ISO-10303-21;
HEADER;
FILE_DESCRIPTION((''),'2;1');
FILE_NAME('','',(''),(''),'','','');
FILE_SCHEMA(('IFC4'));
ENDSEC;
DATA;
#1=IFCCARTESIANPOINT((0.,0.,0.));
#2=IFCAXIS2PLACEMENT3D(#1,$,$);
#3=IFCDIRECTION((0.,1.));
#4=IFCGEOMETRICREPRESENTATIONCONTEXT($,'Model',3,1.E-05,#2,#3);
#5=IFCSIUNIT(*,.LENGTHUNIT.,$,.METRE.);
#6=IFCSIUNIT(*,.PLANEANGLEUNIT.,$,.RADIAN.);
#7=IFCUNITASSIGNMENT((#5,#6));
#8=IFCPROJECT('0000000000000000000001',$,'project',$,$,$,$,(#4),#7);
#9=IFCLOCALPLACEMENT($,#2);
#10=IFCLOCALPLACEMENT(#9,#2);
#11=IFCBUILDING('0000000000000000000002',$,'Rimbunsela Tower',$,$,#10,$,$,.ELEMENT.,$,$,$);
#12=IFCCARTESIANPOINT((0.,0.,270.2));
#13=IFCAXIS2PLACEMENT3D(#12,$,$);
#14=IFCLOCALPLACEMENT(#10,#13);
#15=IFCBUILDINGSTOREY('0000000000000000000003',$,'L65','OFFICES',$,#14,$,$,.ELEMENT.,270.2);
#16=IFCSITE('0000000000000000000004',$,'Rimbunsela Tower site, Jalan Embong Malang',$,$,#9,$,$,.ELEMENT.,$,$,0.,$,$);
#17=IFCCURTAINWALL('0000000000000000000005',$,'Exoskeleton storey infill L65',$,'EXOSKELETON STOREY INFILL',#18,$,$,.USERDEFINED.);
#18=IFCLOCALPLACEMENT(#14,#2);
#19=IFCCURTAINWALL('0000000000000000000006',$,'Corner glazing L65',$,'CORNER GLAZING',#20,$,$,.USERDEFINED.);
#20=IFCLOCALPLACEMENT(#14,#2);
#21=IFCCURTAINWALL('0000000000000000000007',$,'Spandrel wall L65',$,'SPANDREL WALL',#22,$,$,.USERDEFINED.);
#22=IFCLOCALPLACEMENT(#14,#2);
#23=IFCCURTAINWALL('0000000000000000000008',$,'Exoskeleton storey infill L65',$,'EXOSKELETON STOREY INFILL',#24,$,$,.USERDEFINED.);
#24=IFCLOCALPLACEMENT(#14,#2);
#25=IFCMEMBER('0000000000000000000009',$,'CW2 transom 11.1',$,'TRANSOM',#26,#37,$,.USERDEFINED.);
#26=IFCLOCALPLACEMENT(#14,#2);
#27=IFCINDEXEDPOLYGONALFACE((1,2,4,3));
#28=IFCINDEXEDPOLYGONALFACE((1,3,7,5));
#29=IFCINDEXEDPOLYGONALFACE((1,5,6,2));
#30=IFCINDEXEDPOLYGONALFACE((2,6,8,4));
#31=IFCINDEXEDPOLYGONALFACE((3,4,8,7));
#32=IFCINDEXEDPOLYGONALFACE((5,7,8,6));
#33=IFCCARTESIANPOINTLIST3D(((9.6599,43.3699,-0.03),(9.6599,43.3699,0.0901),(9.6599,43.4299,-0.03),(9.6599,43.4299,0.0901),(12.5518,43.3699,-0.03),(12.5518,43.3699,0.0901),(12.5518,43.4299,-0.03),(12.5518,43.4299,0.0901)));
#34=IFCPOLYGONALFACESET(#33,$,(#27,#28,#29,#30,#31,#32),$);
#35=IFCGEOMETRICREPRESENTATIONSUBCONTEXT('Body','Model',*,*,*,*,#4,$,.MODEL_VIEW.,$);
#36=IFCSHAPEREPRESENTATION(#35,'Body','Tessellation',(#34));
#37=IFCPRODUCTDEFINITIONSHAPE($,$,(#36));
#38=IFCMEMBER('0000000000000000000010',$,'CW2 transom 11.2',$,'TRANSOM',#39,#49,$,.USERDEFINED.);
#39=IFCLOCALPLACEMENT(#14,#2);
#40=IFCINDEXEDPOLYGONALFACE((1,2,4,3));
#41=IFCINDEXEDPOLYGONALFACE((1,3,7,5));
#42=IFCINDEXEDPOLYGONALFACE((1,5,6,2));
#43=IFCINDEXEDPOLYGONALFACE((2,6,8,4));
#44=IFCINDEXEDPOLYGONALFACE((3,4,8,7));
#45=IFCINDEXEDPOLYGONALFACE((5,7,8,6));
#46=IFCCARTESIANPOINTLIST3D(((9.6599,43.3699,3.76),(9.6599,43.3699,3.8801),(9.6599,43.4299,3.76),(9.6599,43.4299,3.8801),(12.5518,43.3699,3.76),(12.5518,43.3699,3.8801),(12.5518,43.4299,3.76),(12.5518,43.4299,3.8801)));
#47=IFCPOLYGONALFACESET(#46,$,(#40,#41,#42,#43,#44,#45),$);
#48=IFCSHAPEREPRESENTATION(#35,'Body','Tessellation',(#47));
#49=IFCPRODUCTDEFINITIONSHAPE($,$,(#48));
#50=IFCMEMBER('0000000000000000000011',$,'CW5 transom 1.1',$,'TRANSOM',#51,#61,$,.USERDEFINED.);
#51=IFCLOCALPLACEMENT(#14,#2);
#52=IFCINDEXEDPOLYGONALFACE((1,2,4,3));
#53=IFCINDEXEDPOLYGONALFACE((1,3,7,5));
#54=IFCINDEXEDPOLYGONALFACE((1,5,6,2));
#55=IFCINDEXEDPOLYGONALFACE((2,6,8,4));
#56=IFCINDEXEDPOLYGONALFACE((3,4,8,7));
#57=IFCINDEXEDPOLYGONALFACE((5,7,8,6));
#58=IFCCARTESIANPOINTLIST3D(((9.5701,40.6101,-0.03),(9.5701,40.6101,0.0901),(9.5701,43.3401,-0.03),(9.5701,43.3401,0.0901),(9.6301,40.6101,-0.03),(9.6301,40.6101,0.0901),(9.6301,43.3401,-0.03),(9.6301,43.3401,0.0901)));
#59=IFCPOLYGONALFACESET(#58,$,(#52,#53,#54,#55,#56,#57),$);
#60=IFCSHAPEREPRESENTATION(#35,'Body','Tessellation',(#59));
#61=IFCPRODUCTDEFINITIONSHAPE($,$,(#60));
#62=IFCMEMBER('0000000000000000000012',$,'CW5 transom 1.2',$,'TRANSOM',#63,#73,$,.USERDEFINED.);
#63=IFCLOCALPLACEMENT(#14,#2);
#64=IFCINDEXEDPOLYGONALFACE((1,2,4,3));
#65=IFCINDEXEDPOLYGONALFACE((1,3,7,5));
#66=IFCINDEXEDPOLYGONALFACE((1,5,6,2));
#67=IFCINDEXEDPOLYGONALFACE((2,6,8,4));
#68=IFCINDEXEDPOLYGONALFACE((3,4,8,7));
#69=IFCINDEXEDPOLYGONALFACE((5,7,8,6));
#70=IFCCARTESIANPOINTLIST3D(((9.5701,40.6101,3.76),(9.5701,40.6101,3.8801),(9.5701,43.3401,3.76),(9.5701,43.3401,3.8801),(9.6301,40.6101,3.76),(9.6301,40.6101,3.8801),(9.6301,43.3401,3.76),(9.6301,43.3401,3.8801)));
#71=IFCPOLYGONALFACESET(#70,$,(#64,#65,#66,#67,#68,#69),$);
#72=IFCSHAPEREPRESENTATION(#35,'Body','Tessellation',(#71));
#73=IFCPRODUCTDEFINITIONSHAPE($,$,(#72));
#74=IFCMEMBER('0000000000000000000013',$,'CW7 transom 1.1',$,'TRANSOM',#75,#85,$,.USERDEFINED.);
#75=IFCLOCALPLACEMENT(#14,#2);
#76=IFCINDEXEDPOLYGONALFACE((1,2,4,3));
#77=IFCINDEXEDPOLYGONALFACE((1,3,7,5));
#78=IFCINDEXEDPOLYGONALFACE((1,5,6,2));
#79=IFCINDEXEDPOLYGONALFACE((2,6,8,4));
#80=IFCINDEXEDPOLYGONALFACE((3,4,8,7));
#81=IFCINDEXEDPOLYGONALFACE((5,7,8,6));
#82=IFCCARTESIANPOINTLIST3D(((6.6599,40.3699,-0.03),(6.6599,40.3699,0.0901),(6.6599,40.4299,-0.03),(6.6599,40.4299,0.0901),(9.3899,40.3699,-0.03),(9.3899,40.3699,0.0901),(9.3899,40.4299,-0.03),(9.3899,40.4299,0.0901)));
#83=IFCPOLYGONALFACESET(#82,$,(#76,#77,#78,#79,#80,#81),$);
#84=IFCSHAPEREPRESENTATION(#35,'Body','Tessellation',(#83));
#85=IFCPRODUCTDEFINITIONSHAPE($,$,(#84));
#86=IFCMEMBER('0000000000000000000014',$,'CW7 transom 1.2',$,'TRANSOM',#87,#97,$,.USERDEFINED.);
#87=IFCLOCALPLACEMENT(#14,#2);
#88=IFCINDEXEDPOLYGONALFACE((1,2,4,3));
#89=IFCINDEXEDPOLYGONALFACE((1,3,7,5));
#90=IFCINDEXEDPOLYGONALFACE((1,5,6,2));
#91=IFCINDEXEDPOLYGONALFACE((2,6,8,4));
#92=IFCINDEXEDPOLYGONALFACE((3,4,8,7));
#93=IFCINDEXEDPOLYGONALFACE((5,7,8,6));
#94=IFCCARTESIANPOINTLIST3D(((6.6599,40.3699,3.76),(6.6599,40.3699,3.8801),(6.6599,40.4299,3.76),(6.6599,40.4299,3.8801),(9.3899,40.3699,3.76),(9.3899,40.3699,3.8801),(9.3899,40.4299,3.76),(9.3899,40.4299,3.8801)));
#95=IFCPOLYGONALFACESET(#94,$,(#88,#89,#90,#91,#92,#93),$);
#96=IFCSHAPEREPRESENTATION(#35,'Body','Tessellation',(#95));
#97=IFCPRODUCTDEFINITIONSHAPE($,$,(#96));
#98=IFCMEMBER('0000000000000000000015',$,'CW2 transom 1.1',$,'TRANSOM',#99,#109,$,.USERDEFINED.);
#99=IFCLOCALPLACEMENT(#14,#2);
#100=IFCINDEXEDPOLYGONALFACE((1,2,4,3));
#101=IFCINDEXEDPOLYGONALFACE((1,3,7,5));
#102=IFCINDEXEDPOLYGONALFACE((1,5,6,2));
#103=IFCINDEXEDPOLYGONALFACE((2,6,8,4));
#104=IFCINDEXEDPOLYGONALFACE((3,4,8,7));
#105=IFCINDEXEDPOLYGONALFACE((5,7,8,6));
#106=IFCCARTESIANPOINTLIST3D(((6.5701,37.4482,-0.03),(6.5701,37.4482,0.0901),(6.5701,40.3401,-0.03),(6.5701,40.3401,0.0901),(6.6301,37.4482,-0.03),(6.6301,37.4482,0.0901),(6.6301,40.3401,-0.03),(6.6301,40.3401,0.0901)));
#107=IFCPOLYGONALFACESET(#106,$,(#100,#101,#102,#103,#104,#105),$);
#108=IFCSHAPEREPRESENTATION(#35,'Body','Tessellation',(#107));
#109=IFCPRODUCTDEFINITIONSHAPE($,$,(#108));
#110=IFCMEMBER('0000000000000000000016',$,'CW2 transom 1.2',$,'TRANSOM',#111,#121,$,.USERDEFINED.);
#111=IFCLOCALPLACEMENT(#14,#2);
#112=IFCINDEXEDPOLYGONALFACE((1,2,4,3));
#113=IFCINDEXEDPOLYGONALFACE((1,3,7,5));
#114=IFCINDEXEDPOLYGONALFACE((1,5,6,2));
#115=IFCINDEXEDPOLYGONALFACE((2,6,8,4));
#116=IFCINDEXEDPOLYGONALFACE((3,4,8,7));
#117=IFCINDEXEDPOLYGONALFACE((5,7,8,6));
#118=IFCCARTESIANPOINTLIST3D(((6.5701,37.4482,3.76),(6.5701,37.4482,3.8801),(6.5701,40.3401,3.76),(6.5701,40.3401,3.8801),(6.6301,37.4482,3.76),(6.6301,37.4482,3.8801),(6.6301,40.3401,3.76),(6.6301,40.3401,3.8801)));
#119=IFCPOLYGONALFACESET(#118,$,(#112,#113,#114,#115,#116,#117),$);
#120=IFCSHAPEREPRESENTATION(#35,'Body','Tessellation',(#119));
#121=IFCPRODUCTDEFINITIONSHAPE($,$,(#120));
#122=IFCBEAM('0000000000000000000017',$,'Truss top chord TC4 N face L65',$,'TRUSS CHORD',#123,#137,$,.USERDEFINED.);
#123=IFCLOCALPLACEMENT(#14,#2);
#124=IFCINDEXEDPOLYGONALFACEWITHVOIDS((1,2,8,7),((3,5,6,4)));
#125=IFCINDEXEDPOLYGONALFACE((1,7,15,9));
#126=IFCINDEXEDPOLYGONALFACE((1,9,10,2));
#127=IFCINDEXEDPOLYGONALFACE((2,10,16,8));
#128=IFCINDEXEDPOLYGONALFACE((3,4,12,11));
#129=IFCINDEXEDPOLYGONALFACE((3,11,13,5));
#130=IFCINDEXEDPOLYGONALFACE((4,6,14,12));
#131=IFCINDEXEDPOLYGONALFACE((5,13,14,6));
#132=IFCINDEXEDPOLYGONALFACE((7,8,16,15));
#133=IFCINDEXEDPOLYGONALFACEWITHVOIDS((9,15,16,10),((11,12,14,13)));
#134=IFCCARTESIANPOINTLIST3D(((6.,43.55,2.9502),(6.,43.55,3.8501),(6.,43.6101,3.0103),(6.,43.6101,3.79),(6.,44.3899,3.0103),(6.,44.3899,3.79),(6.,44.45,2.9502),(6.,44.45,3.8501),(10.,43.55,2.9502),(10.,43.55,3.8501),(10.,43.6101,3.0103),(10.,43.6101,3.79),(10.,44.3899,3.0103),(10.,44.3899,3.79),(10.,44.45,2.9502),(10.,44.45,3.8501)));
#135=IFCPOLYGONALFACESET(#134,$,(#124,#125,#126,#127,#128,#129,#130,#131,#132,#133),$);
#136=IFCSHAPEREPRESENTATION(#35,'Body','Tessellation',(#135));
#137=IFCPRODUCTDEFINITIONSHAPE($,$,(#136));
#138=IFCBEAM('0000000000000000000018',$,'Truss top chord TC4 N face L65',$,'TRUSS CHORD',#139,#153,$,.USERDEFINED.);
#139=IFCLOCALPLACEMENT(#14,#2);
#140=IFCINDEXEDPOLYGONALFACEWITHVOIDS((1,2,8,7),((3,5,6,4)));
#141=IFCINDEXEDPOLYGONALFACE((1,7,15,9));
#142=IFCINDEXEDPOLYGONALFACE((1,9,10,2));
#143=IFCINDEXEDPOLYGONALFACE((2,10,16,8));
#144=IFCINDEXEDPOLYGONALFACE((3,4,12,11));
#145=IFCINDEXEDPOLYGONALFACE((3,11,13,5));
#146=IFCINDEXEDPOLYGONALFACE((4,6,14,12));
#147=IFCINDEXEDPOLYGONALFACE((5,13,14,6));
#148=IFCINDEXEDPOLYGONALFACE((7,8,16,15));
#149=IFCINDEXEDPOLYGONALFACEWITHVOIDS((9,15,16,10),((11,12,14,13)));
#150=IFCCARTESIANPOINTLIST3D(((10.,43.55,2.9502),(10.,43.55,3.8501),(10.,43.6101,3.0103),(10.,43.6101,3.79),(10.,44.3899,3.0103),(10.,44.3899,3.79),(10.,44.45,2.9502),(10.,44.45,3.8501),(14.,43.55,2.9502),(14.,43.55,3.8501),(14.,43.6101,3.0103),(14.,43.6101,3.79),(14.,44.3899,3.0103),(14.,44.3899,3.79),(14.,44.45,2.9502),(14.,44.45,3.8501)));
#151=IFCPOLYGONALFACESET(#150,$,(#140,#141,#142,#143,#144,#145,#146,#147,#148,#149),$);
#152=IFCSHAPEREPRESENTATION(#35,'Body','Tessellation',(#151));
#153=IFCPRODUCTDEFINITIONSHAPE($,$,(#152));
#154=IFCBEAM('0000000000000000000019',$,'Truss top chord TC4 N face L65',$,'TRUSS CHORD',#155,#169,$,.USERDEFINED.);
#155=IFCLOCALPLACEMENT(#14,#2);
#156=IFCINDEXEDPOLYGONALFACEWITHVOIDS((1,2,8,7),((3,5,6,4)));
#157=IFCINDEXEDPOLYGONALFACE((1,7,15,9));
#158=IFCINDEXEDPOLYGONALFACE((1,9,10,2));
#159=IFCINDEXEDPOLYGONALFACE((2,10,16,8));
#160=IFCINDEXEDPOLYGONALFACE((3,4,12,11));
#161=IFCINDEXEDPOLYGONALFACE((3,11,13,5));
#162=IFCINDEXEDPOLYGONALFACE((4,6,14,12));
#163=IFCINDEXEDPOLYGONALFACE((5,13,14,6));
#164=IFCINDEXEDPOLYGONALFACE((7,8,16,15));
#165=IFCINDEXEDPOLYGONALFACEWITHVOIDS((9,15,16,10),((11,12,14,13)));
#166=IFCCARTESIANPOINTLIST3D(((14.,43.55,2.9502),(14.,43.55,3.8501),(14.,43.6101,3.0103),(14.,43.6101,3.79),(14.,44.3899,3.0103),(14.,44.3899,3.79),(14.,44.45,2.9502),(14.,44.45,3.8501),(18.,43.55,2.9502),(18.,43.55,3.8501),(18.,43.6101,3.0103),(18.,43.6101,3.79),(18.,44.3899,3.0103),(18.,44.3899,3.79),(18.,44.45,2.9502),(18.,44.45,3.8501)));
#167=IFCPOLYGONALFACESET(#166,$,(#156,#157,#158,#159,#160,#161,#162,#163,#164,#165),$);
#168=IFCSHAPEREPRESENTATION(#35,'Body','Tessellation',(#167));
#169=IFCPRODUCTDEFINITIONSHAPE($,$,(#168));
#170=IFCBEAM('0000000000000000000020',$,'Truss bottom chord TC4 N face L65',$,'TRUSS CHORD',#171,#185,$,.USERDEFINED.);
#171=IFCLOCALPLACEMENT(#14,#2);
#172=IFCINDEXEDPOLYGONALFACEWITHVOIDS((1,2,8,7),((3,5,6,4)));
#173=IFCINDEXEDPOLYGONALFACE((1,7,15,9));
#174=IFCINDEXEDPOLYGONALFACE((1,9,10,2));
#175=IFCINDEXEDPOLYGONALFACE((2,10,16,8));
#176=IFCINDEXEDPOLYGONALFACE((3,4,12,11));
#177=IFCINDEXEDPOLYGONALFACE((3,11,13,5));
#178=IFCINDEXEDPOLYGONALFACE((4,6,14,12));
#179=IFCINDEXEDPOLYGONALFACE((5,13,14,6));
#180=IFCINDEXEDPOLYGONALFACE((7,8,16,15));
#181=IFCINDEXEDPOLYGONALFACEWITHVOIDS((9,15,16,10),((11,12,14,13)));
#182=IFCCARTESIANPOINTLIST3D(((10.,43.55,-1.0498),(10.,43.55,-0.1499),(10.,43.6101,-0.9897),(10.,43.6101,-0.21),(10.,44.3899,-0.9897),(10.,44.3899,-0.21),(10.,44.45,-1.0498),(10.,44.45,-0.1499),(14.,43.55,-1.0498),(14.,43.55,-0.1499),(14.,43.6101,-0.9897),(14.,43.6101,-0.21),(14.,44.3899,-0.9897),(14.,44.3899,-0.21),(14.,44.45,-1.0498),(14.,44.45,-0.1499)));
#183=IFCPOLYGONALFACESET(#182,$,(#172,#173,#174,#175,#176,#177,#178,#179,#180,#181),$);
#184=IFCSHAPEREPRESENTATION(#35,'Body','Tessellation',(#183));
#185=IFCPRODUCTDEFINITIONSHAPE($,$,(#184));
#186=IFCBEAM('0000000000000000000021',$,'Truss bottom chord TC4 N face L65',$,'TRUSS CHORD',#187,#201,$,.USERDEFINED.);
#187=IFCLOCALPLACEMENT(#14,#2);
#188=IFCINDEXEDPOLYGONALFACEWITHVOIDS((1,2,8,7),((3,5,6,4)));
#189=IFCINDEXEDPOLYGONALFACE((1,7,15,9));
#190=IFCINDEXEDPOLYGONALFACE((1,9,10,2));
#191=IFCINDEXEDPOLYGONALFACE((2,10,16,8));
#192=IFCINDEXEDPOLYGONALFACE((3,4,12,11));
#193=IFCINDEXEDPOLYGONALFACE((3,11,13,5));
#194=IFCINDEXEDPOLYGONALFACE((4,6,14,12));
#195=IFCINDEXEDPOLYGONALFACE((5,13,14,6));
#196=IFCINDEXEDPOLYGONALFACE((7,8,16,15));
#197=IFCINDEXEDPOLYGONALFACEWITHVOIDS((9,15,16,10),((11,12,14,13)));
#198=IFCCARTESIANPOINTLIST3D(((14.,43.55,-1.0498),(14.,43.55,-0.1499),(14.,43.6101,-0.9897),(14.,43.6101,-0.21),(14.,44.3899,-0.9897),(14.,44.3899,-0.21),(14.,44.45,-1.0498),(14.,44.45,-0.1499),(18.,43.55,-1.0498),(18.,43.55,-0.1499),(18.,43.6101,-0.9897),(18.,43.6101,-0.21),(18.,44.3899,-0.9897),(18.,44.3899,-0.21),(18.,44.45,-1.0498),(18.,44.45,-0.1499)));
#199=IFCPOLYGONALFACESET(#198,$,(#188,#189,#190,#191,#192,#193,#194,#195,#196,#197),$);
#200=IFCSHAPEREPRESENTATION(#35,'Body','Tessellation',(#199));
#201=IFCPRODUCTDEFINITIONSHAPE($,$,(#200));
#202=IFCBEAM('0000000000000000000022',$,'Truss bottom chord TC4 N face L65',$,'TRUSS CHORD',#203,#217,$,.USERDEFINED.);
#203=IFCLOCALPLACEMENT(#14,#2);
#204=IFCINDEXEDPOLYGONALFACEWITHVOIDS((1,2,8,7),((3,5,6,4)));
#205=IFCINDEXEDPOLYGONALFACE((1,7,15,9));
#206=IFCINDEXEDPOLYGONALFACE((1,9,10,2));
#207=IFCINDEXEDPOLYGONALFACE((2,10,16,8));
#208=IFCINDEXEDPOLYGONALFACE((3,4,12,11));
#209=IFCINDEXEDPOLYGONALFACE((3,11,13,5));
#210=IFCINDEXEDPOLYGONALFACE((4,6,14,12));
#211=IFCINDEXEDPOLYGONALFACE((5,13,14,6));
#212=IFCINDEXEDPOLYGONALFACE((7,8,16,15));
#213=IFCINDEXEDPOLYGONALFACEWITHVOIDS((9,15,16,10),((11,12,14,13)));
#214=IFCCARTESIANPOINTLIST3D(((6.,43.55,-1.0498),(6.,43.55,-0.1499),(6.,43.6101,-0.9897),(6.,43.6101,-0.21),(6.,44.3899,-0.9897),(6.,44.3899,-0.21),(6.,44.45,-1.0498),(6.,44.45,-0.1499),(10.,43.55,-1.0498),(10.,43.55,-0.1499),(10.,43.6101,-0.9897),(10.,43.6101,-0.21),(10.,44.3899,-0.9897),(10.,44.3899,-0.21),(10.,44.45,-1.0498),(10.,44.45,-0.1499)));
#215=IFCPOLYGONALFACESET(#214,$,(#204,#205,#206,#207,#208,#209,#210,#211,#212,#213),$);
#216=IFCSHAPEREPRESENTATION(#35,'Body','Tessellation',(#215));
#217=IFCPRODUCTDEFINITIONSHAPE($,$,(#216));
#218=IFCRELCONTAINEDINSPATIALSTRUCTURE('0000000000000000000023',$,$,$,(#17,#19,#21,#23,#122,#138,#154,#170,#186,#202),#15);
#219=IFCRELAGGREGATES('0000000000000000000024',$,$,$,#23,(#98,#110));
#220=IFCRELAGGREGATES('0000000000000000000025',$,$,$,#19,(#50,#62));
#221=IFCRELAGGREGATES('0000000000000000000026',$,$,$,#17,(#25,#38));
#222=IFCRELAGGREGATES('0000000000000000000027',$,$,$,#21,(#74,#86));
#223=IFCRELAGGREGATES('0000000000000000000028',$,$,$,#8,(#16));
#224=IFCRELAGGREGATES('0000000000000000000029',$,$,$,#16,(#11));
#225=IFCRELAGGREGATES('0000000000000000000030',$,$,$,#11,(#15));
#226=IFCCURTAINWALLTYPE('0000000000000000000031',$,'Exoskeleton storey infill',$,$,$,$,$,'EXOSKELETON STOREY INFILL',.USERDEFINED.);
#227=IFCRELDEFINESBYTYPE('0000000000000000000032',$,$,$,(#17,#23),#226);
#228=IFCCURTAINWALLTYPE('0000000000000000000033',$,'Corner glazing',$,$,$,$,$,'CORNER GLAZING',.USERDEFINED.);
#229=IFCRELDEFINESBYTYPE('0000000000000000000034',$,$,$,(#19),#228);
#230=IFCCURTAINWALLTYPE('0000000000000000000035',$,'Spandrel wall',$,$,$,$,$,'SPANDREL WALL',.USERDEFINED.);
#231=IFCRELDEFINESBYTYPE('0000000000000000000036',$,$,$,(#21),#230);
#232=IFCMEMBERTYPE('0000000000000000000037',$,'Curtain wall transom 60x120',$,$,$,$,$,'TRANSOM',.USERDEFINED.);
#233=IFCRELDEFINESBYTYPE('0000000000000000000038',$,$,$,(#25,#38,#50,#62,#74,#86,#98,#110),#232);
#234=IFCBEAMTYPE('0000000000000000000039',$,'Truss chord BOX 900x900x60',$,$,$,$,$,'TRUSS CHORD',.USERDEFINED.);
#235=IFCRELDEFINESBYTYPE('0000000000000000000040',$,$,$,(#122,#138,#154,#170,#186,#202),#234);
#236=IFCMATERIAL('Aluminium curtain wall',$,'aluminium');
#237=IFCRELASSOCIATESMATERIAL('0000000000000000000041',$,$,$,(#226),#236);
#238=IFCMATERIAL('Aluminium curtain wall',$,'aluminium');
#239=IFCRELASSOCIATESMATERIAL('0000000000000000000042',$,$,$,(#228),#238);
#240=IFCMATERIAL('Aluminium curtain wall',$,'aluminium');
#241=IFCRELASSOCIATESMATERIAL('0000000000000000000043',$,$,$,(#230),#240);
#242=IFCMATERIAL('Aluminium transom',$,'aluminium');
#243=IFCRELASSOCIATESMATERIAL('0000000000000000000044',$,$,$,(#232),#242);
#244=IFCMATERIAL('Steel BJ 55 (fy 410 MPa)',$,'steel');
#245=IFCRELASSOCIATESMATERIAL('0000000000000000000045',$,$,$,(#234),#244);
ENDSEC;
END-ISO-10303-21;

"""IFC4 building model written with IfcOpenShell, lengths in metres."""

from ifc_helpers import new_model, si_unit, direction, frame, origin, origin_2d, place, context, subcontext, project, spatial, rectangle, hollow_rectangle, extrude, material, material_profile, profile_set, type_object, element, aggregate, save


model = new_model("IFC4")

# Units and contexts
model_context = context("Model", 3, precision=1e-05, world=origin(), true_north=direction((0.0, 1.0)))
body_context = subcontext(model_context, "Body", "Model", "MODEL_VIEW")
ifc_project = project(units=[si_unit("LENGTHUNIT", "METRE"), si_unit("PLANEANGLEUNIT", "RADIAN")], contexts=[model_context])

# Site, building, storey
site_placement = place(None, origin())
site = spatial("IfcSite", under=ifc_project, at=site_placement, Name="Rimbunsela Tower site, Jalan Embong Malang", CompositionType="ELEMENT", RefElevation=0.0)
building_placement = place(site_placement, origin())
building = spatial("IfcBuilding", under=site, at=building_placement, Name="Rimbunsela Tower", CompositionType="ELEMENT")
storey_placement = place(building_placement, frame((0.0, 0.0, 270.2)))
storey = spatial("IfcBuildingStorey", under=building, at=storey_placement, Name="L65", Description="OFFICES", CompositionType="ELEMENT", Elevation=270.2)

# Curtain walls
ifc_material_1 = material(Name="Aluminium curtain wall", Category="aluminium")
curtain_wall_type_1 = type_object("IfcCurtainWallType", Name="Exoskeleton storey infill", ElementType="EXOSKELETON STOREY INFILL", PredefinedType="USERDEFINED", material=ifc_material_1)
curtain_wall_1_placement = place(storey_placement, origin())
curtain_wall_1 = element("IfcCurtainWall", 1, at=curtain_wall_1_placement, inside=storey, type_object=curtain_wall_type_1, Name="Exoskeleton storey infill L65", ObjectType="EXOSKELETON STOREY INFILL", PredefinedType="USERDEFINED")
ifc_material_2 = material(Name="Aluminium curtain wall", Category="aluminium")
curtain_wall_type_2 = type_object("IfcCurtainWallType", Name="Corner glazing", ElementType="CORNER GLAZING", PredefinedType="USERDEFINED", material=ifc_material_2)
curtain_wall_2_placement = place(storey_placement, origin())
curtain_wall_2 = element("IfcCurtainWall", 2, at=curtain_wall_2_placement, inside=storey, type_object=curtain_wall_type_2, Name="Corner glazing L65", ObjectType="CORNER GLAZING", PredefinedType="USERDEFINED")
ifc_material_3 = material(Name="Aluminium curtain wall", Category="aluminium")
curtain_wall_type_3 = type_object("IfcCurtainWallType", Name="Spandrel wall", ElementType="SPANDREL WALL", PredefinedType="USERDEFINED", material=ifc_material_3)
curtain_wall_3_placement = place(storey_placement, origin())
curtain_wall_3 = element("IfcCurtainWall", 3, at=curtain_wall_3_placement, inside=storey, type_object=curtain_wall_type_3, Name="Spandrel wall L65", ObjectType="SPANDREL WALL", PredefinedType="USERDEFINED")

# Curtain wall
curtain_wall_4_placement = place(storey_placement, origin())
curtain_wall_4 = element("IfcCurtainWall", 4, at=curtain_wall_4_placement, inside=storey, type_object=curtain_wall_type_1, Name="Exoskeleton storey infill L65", ObjectType="EXOSKELETON STOREY INFILL", PredefinedType="USERDEFINED")

# Members
ifc_material_4 = material(Name="Aluminium transom", Category="aluminium")
ifc_material_profile_1 = material_profile(ifc_material_4, rectangle(XDim=0.0601, YDim=0.1201, at=origin_2d()), Name="Transom 60x120")
ifc_profile_set_1 = profile_set([ifc_material_profile_1], Name="Aluminium transom")
member_type_1 = type_object("IfcMemberType", Name="Curtain wall transom 60x120", ElementType="TRANSOM", PredefinedType="USERDEFINED", material=ifc_profile_set_1)
member_1_placement = place(storey_placement, frame((12.5518, 43.3999, 0.03), z_axis=(-1.0, 0.0, 0.0), x_axis=(0.0, -1.0, 0.0)))
member_1 = element("IfcMember", 5, at=member_1_placement, type_object=member_type_1, Name="CW2 transom 11.1", ObjectType="TRANSOM", PredefinedType="USERDEFINED", context=body_context, shape_type="SweptSolid", body=[
    extrude(rectangle(XDim=0.0601, YDim=0.1201, at=origin_2d()), origin(), (0.0, 0.0, 1.0), 2.8918),
])
member_2_placement = place(storey_placement, frame((12.5518, 43.3999, 3.8201), z_axis=(-1.0, 0.0, 0.0), x_axis=(0.0, -1.0, 0.0)))
member_2 = element("IfcMember", 6, at=member_2_placement, type_object=member_type_1, Name="CW2 transom 11.2", ObjectType="TRANSOM", PredefinedType="USERDEFINED", context=body_context, shape_type="SweptSolid", body=[
    extrude(rectangle(XDim=0.0601, YDim=0.1201, at=origin_2d()), origin(), (0.0, 0.0, 1.0), 2.8918),
])
member_3_placement = place(storey_placement, frame((9.6001, 43.3401, 0.03), z_axis=(0.0, -1.0, 0.0), x_axis=(1.0, 0.0, 0.0)))
member_3 = element("IfcMember", 7, at=member_3_placement, type_object=member_type_1, Name="CW5 transom 1.1", ObjectType="TRANSOM", PredefinedType="USERDEFINED", context=body_context, shape_type="SweptSolid", body=[
    extrude(rectangle(XDim=0.0601, YDim=0.1201, at=origin_2d()), origin(), (0.0, 0.0, 1.0), 2.73),
])
member_4_placement = place(storey_placement, frame((9.6001, 43.3401, 3.8201), z_axis=(0.0, -1.0, 0.0), x_axis=(1.0, 0.0, 0.0)))
member_4 = element("IfcMember", 8, at=member_4_placement, type_object=member_type_1, Name="CW5 transom 1.2", ObjectType="TRANSOM", PredefinedType="USERDEFINED", context=body_context, shape_type="SweptSolid", body=[
    extrude(rectangle(XDim=0.0601, YDim=0.1201, at=origin_2d()), origin(), (0.0, 0.0, 1.0), 2.73),
])
member_5_placement = place(storey_placement, frame((9.3899, 40.3999, 0.03), z_axis=(-1.0, 0.0, 0.0), x_axis=(0.0, -1.0, 0.0)))
member_5 = element("IfcMember", 9, at=member_5_placement, type_object=member_type_1, Name="CW7 transom 1.1", ObjectType="TRANSOM", PredefinedType="USERDEFINED", context=body_context, shape_type="SweptSolid", body=[
    extrude(rectangle(XDim=0.0601, YDim=0.1201, at=origin_2d()), origin(), (0.0, 0.0, 1.0), 2.73),
])
member_6_placement = place(storey_placement, frame((9.3899, 40.3999, 3.8201), z_axis=(-1.0, 0.0, 0.0), x_axis=(0.0, -1.0, 0.0)))
member_6 = element("IfcMember", 10, at=member_6_placement, type_object=member_type_1, Name="CW7 transom 1.2", ObjectType="TRANSOM", PredefinedType="USERDEFINED", context=body_context, shape_type="SweptSolid", body=[
    extrude(rectangle(XDim=0.0601, YDim=0.1201, at=origin_2d()), origin(), (0.0, 0.0, 1.0), 2.73),
])
member_7_placement = place(storey_placement, frame((6.6001, 40.3401, 0.03), z_axis=(0.0, -1.0, 0.0), x_axis=(1.0, 0.0, 0.0)))
member_7 = element("IfcMember", 11, at=member_7_placement, type_object=member_type_1, Name="CW2 transom 1.1", ObjectType="TRANSOM", PredefinedType="USERDEFINED", context=body_context, shape_type="SweptSolid", body=[
    extrude(rectangle(XDim=0.0601, YDim=0.1201, at=origin_2d()), origin(), (0.0, 0.0, 1.0), 2.8918),
])
member_8_placement = place(storey_placement, frame((6.6001, 40.3401, 3.8201), z_axis=(0.0, -1.0, 0.0), x_axis=(1.0, 0.0, 0.0)))
member_8 = element("IfcMember", 12, at=member_8_placement, type_object=member_type_1, Name="CW2 transom 1.2", ObjectType="TRANSOM", PredefinedType="USERDEFINED", context=body_context, shape_type="SweptSolid", body=[
    extrude(rectangle(XDim=0.0601, YDim=0.1201, at=origin_2d()), origin(), (0.0, 0.0, 1.0), 2.8918),
])
aggregate(curtain_wall_4, [member_7, member_8])

# Beams
ifc_material_5 = material(Name="Steel BJ 55 (fy 410 MPa)", Category="steel")
ifc_material_profile_2 = material_profile(ifc_material_5, hollow_rectangle(XDim=0.8999, YDim=0.8999, WallThickness=0.0601, at=origin_2d()), Name="BOX 900x900x60")
ifc_profile_set_2 = profile_set([ifc_material_profile_2], Name="Steel BJ 55 (fy 410 MPa)")
beam_type_1 = type_object("IfcBeamType", Name="Truss chord BOX 900x900x60", ElementType="TRUSS CHORD", PredefinedType="USERDEFINED", material=ifc_profile_set_2)
for number, where, z_axis, x_axis, name in (
    (13, (6.0, 44.0, 3.4001), (1.0, 0.0, 0.0), (0.0, 1.0, 0.0), "Truss top chord TC4 N face L65"),
    (14, (10.0, 44.0, 3.4001), (1.0, 0.0, 0.0), (0.0, 1.0, 0.0), "Truss top chord TC4 N face L65"),
    (15, (14.0, 44.0, 3.4001), (1.0, 0.0, 0.0), (0.0, 1.0, 0.0), "Truss top chord TC4 N face L65"),
    (16, (10.0, 44.0, -0.5999), (1.0, 0.0, 0.0), (0.0, 1.0, 0.0), "Truss bottom chord TC4 N face L65"),
    (17, (14.0, 44.0, -0.5999), (1.0, 0.0, 0.0), (0.0, 1.0, 0.0), "Truss bottom chord TC4 N face L65"),
    (18, (6.0, 44.0, -0.5999), (1.0, 0.0, 0.0), (0.0, 1.0, 0.0), "Truss bottom chord TC4 N face L65"),
):
    element("IfcBeam", number, at=place(storey_placement, frame(where, z_axis=z_axis, x_axis=x_axis)), inside=storey, type_object=beam_type_1, Name=name, ObjectType="TRUSS CHORD", PredefinedType="USERDEFINED", context=body_context, shape_type="SweptSolid", body=[
        extrude(hollow_rectangle(XDim=0.8999, YDim=0.8999, WallThickness=0.0601, at=origin_2d()), origin(), (0.0, 0.0, 1.0), 4.0),
    ])

aggregate(curtain_wall_2, [member_3, member_4])
aggregate(curtain_wall_1, [member_1, member_2])
aggregate(curtain_wall_3, [member_5, member_6])

save(model, "model.ifc")
